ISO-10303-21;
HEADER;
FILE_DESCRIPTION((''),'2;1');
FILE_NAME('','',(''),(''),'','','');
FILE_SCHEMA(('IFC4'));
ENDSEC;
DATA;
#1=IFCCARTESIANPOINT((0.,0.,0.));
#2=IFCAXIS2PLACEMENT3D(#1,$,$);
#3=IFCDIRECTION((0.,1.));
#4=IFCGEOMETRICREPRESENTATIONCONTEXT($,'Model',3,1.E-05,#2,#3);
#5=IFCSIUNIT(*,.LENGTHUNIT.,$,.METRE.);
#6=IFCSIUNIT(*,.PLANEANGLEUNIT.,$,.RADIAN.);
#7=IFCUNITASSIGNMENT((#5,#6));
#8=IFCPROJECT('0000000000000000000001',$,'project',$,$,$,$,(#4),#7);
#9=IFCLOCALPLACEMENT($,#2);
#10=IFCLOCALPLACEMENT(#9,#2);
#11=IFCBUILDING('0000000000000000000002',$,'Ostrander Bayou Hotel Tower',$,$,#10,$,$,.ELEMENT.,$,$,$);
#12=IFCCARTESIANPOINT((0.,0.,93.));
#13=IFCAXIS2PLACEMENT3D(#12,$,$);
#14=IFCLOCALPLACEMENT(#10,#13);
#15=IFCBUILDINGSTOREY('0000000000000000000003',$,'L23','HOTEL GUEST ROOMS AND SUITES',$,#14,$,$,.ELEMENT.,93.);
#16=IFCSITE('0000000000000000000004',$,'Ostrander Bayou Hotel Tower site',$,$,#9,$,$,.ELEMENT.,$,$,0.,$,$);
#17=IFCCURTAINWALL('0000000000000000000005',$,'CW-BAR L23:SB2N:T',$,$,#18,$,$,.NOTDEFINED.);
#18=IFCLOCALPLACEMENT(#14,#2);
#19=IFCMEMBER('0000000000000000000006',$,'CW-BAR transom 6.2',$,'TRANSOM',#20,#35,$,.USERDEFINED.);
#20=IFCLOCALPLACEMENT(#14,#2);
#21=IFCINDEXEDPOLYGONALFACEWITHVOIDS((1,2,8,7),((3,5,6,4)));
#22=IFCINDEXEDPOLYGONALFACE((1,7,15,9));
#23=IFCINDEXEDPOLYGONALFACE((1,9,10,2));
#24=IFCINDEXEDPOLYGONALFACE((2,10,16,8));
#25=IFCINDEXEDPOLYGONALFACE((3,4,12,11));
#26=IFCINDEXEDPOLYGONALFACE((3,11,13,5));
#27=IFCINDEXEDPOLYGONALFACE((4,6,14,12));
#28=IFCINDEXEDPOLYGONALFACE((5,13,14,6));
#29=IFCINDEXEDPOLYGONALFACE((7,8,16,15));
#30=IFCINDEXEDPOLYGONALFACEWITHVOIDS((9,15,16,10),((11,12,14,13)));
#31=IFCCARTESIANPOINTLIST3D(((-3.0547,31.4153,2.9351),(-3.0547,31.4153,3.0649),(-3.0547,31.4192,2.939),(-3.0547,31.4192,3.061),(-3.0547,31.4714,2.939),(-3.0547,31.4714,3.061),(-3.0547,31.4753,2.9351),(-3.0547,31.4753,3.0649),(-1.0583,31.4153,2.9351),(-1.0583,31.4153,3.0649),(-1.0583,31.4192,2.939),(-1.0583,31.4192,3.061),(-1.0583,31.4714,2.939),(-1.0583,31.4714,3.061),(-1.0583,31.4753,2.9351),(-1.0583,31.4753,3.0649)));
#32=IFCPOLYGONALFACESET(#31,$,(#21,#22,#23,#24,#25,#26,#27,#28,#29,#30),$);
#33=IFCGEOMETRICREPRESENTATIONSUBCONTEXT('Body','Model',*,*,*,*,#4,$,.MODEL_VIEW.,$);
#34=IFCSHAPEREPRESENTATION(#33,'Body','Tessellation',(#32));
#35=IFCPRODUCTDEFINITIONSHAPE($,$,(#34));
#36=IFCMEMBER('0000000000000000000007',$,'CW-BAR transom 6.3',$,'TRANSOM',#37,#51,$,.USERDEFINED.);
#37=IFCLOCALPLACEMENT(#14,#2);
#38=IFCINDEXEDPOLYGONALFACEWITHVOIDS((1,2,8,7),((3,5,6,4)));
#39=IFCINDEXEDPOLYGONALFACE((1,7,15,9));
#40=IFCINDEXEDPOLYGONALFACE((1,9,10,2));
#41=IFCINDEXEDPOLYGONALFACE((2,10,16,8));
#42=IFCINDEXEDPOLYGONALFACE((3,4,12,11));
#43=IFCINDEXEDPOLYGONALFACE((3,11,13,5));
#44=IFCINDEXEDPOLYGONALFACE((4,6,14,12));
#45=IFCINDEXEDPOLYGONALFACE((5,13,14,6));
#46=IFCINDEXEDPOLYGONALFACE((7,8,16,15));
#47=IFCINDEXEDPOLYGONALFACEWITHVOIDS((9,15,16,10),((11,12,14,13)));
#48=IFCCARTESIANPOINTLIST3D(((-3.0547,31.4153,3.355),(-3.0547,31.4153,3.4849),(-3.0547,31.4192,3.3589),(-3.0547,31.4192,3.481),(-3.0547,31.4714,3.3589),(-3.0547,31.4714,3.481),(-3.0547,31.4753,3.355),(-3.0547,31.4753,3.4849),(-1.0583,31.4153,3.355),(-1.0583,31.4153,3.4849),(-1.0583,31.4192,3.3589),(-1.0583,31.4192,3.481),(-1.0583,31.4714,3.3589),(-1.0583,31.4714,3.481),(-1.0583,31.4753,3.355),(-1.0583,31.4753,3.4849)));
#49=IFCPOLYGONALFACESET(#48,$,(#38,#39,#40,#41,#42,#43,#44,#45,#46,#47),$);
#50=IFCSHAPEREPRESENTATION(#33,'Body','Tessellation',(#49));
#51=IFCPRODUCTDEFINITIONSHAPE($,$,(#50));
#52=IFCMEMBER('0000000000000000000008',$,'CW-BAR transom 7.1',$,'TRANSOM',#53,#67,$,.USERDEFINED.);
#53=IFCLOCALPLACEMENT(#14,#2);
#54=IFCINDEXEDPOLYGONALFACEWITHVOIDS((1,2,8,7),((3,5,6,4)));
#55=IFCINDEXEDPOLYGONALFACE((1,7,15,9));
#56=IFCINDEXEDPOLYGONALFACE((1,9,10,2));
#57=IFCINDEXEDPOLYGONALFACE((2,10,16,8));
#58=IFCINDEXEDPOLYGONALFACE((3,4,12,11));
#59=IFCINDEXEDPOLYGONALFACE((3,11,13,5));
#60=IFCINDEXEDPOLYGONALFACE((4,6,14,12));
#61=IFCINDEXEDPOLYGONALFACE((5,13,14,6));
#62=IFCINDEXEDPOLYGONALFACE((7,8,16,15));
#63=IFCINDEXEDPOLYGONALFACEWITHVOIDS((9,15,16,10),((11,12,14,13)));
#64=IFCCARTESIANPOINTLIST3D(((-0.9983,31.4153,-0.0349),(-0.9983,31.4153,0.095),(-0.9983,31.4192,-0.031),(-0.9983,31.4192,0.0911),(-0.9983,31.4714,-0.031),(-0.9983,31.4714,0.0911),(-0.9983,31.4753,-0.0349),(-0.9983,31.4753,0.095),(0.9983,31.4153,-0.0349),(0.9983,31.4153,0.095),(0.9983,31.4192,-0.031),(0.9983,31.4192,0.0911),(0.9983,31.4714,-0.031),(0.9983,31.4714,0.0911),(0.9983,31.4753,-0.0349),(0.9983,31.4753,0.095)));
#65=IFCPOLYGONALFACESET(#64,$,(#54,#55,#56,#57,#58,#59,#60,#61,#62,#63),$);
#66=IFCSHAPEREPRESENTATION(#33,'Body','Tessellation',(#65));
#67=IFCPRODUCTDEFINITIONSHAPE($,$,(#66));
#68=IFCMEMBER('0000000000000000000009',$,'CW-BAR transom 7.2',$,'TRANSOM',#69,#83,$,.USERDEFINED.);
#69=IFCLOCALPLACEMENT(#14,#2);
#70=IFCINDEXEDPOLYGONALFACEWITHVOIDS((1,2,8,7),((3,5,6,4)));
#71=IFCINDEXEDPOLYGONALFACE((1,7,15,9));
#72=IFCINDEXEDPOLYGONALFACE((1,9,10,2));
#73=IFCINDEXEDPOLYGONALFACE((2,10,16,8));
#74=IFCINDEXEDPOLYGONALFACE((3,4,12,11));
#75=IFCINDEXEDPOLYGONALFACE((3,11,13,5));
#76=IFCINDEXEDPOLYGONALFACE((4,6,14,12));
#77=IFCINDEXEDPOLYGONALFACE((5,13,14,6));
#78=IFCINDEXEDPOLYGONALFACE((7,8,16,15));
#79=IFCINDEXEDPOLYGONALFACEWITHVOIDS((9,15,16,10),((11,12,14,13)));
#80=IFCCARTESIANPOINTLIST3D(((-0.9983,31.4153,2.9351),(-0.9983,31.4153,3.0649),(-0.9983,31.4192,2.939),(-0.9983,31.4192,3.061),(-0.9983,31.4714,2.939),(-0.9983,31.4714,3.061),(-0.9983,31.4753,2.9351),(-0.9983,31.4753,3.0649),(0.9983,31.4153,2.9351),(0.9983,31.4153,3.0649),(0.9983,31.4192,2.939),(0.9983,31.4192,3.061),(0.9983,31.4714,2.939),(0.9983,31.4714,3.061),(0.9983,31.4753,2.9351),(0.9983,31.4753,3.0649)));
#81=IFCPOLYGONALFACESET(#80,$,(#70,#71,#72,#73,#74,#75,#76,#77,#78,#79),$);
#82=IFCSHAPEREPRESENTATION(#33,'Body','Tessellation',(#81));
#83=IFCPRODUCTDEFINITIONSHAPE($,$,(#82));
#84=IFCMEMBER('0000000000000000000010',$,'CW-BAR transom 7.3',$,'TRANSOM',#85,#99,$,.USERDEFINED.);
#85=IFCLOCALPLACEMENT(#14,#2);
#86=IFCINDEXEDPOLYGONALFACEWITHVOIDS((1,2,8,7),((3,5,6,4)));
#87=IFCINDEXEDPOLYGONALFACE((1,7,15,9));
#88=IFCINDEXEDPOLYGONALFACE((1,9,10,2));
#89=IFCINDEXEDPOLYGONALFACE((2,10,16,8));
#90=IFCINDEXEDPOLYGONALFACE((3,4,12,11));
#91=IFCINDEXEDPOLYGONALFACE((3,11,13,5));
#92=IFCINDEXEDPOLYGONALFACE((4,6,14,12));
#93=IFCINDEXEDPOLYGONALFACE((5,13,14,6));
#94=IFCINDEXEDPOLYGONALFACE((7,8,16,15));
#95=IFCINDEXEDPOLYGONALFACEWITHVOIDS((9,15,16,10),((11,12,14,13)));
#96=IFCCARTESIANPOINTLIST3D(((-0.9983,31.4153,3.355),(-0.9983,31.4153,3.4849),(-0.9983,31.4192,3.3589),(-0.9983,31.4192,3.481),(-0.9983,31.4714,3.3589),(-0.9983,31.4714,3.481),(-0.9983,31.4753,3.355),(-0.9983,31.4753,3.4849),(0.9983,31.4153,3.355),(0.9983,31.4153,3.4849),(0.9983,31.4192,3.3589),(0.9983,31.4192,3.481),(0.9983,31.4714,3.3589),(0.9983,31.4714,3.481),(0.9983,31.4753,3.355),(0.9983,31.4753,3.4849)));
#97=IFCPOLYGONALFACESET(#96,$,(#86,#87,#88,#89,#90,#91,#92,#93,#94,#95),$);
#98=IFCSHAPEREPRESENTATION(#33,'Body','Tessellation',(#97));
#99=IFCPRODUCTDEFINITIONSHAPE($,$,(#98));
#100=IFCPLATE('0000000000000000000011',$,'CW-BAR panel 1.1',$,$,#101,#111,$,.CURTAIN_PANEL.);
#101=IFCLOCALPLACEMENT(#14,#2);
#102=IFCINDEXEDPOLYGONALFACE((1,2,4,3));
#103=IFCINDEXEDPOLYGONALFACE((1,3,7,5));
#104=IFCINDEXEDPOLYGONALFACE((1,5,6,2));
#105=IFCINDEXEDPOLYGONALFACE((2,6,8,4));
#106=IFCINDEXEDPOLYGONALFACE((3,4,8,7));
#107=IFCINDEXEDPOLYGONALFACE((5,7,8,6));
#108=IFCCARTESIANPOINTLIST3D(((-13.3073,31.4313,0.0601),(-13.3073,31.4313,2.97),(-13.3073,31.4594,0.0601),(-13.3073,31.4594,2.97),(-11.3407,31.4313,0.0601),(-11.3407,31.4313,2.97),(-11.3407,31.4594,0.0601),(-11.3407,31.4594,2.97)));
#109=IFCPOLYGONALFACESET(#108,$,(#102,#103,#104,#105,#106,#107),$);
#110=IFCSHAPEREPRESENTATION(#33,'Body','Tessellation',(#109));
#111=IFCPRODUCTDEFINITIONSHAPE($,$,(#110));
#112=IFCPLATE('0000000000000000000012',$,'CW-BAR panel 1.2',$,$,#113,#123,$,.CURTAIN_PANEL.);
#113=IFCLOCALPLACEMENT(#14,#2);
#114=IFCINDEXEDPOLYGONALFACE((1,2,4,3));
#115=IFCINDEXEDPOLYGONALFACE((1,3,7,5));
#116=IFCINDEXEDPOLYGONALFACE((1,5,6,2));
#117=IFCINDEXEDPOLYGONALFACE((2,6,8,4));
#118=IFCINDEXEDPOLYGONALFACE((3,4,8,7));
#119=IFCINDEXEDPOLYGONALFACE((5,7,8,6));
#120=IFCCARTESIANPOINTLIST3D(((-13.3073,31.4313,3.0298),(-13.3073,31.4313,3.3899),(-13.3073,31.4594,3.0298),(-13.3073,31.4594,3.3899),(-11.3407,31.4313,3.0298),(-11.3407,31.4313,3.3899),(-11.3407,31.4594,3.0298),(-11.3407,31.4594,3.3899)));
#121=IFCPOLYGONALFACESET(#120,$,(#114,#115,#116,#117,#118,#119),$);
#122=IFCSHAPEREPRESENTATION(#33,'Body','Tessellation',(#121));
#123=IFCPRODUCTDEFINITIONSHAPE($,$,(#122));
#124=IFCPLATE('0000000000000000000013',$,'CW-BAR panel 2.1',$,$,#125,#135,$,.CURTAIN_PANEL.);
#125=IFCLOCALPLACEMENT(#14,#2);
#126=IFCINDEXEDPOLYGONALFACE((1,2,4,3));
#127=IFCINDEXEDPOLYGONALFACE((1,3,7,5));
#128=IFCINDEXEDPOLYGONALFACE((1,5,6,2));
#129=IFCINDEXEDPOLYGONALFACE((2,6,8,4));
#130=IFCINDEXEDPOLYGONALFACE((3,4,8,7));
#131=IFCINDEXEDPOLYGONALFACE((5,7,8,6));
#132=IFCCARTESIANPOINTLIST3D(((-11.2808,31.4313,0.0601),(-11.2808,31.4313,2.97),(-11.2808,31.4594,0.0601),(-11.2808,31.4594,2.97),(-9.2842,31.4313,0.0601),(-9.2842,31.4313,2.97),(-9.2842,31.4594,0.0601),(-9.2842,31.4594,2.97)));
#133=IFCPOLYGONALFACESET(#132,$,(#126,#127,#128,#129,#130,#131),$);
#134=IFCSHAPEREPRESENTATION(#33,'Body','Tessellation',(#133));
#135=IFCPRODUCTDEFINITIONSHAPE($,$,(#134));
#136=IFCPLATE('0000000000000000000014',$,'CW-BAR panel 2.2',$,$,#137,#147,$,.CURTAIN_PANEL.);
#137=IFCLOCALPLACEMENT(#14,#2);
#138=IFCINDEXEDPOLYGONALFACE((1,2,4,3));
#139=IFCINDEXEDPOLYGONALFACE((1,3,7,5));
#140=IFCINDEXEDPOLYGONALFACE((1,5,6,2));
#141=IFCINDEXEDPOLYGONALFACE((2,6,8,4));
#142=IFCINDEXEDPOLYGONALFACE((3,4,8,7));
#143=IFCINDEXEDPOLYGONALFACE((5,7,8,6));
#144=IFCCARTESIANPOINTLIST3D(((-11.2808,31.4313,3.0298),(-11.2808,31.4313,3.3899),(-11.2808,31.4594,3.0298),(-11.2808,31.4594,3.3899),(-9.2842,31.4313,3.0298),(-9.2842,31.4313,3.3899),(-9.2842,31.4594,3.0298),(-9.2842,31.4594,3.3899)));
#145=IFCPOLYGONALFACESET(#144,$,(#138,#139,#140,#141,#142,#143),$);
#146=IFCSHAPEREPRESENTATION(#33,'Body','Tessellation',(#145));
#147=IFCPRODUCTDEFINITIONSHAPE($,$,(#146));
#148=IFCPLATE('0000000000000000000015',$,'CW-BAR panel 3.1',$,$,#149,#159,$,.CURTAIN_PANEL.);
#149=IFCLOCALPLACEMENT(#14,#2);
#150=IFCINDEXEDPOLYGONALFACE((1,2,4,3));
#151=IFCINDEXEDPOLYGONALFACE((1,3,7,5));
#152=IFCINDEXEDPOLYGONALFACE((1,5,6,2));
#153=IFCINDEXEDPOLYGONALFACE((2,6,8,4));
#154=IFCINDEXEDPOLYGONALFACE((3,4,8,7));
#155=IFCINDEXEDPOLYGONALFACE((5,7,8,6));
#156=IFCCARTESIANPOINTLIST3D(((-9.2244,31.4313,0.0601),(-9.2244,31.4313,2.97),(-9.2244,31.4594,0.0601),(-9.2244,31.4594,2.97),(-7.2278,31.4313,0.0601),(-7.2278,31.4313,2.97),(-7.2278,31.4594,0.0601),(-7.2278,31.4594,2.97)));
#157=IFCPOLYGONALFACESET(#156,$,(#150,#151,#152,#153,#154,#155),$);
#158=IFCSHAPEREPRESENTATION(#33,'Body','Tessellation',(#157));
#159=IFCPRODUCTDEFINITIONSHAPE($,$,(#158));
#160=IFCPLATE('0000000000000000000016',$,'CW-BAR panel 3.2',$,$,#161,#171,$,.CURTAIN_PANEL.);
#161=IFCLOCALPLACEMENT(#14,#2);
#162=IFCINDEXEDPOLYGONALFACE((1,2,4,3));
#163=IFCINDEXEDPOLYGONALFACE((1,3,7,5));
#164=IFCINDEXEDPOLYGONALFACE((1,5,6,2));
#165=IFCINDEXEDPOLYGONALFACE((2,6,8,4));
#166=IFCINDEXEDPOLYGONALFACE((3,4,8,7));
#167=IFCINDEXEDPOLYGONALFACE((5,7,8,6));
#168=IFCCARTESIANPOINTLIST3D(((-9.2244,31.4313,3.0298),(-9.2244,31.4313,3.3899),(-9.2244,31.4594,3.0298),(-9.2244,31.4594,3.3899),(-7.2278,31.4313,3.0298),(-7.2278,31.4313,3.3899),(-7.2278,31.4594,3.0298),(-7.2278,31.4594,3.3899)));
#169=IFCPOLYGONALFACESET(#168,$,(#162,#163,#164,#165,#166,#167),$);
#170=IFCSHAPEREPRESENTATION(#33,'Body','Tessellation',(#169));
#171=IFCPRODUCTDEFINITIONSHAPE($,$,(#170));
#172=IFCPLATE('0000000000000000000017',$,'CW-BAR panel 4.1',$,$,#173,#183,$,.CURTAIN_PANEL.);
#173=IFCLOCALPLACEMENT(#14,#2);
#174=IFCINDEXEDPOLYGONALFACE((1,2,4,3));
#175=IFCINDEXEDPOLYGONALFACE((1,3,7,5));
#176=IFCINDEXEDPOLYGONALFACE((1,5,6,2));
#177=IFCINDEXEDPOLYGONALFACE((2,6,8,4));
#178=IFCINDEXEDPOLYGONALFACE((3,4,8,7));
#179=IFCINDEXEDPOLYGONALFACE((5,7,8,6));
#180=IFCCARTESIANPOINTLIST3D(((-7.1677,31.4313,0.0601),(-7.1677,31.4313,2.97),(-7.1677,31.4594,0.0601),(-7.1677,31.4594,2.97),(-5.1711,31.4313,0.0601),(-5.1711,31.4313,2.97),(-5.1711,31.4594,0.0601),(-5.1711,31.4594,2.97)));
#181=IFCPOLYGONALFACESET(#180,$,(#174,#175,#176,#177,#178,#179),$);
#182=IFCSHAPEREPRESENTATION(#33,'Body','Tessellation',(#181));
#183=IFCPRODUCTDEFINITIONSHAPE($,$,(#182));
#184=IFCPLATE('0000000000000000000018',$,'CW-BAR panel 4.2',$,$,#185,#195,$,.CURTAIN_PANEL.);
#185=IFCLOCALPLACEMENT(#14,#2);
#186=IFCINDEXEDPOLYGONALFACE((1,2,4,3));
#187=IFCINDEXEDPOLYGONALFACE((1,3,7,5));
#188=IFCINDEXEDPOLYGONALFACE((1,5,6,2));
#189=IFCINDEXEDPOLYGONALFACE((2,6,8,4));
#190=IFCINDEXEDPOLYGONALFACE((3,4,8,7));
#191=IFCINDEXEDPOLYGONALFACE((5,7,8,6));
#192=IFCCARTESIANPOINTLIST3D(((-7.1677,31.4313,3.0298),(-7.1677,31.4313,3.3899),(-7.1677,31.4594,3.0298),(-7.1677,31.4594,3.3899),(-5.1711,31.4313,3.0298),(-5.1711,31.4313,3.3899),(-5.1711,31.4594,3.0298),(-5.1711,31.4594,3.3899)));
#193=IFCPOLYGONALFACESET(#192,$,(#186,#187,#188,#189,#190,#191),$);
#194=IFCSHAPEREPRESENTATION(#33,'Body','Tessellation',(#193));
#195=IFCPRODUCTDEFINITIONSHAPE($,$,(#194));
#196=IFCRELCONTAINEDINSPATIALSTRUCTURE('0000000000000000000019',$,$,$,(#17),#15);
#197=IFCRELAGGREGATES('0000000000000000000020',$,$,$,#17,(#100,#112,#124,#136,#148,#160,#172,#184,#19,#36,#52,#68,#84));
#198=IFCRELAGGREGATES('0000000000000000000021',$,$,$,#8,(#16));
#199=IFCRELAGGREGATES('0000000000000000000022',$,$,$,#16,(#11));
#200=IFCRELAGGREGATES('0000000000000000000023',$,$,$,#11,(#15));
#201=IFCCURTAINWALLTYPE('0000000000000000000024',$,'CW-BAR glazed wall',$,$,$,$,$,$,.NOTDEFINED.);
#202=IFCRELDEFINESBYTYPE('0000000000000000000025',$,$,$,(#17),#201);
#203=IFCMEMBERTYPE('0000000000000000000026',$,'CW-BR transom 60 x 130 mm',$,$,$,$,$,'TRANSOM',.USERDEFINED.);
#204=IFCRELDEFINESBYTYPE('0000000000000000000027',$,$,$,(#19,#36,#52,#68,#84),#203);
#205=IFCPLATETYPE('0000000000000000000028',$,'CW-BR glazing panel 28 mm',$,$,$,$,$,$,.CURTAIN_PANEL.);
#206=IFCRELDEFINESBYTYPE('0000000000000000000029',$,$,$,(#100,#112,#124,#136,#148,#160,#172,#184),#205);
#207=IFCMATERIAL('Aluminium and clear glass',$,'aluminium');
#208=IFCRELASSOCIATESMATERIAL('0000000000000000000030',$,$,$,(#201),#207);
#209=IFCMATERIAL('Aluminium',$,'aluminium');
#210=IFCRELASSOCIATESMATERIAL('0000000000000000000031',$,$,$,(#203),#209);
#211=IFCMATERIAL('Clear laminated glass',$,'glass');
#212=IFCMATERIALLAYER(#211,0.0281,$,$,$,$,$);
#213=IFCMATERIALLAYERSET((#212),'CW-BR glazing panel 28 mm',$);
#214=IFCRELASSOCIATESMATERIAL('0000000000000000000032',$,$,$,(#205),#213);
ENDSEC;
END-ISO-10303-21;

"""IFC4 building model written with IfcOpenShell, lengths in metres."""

from ifc_helpers import new_model, si_unit, direction, frame, origin, origin_2d, place, context, subcontext, project, spatial, rectangle, hollow_rectangle, extrude, material, layer, layer_set, material_profile, profile_set, type_object, element, aggregate, save


model = new_model("IFC4")

# Units and contexts
model_context = context("Model", 3, precision=1e-05, world=origin(), true_north=direction((0.0, 1.0)))
body_context = subcontext(model_context, "Body", "Model", "MODEL_VIEW")
ifc_project = project(units=[si_unit("LENGTHUNIT", "METRE"), si_unit("PLANEANGLEUNIT", "RADIAN")], contexts=[model_context])

# Site, building, storey
site_placement = place(None, origin())
site = spatial("IfcSite", under=ifc_project, at=site_placement, Name="Ostrander Bayou Hotel Tower site", CompositionType="ELEMENT", RefElevation=0.0)
building_placement = place(site_placement, origin())
building = spatial("IfcBuilding", under=site, at=building_placement, Name="Ostrander Bayou Hotel Tower", CompositionType="ELEMENT")
storey_placement = place(building_placement, frame((0.0, 0.0, 93.0)))
storey = spatial("IfcBuildingStorey", under=building, at=storey_placement, Name="L23", Description="HOTEL GUEST ROOMS AND SUITES", CompositionType="ELEMENT", Elevation=93.0)

# Curtain wall, members, plates
ifc_material_1 = material(Name="Aluminium and clear glass", Category="aluminium")
curtain_wall_type = type_object("IfcCurtainWallType", Name="CW-BAR glazed wall", PredefinedType="NOTDEFINED", material=ifc_material_1)
curtain_wall_placement = place(storey_placement, origin())
curtain_wall = element("IfcCurtainWall", 1, at=curtain_wall_placement, inside=storey, type_object=curtain_wall_type, Name="CW-BAR L23:SB2N:T", PredefinedType="NOTDEFINED")
ifc_material_2 = material(Name="Aluminium", Category="aluminium")
ifc_material_profile_1 = material_profile(ifc_material_2, hollow_rectangle(XDim=0.0601, YDim=0.1299, WallThickness=0.0039, at=origin_2d()))
ifc_profile_set_1 = profile_set([ifc_material_profile_1], Name="Aluminium")
member_type_1 = type_object("IfcMemberType", Name="CW-BR transom 60 x 130 mm", ElementType="TRANSOM", PredefinedType="USERDEFINED", material=ifc_profile_set_1)
member_1_placement = place(storey_placement, frame((-3.0547, 31.4453, 3.0), z_axis=(1.0, 0.0, 0.0), x_axis=(0.0, 1.0, 0.0)))
member_1 = element("IfcMember", 2, at=member_1_placement, type_object=member_type_1, Name="CW-BAR transom 6.2", ObjectType="TRANSOM", PredefinedType="USERDEFINED", context=body_context, shape_type="SweptSolid", body=[
    extrude(hollow_rectangle(XDim=0.0601, YDim=0.1299, WallThickness=0.0039, at=origin_2d()), origin(), (0.0, 0.0, 1.0), 1.9963),
])
member_2_placement = place(storey_placement, frame((-3.0547, 31.4453, 3.4199), z_axis=(1.0, 0.0, 0.0), x_axis=(0.0, 1.0, 0.0)))
member_2 = element("IfcMember", 3, at=member_2_placement, type_object=member_type_1, Name="CW-BAR transom 6.3", ObjectType="TRANSOM", PredefinedType="USERDEFINED", context=body_context, shape_type="SweptSolid", body=[
    extrude(hollow_rectangle(XDim=0.0601, YDim=0.1299, WallThickness=0.0039, at=origin_2d()), origin(), (0.0, 0.0, 1.0), 1.9963),
])
member_3_placement = place(storey_placement, frame((-0.9983, 31.4453, 0.03), z_axis=(1.0, 0.0, 0.0), x_axis=(0.0, 1.0, 0.0)))
member_3 = element("IfcMember", 4, at=member_3_placement, type_object=member_type_1, Name="CW-BAR transom 7.1", ObjectType="TRANSOM", PredefinedType="USERDEFINED", context=body_context, shape_type="SweptSolid", body=[
    extrude(hollow_rectangle(XDim=0.0601, YDim=0.1299, WallThickness=0.0039, at=origin_2d()), origin(), (0.0, 0.0, 1.0), 1.9966),
])
member_4_placement = place(storey_placement, frame((-0.9983, 31.4453, 3.0), z_axis=(1.0, 0.0, 0.0), x_axis=(0.0, 1.0, 0.0)))
member_4 = element("IfcMember", 5, at=member_4_placement, type_object=member_type_1, Name="CW-BAR transom 7.2", ObjectType="TRANSOM", PredefinedType="USERDEFINED", context=body_context, shape_type="SweptSolid", body=[
    extrude(hollow_rectangle(XDim=0.0601, YDim=0.1299, WallThickness=0.0039, at=origin_2d()), origin(), (0.0, 0.0, 1.0), 1.9966),
])
member_5_placement = place(storey_placement, frame((-0.9983, 31.4453, 3.4199), z_axis=(1.0, 0.0, 0.0), x_axis=(0.0, 1.0, 0.0)))
member_5 = element("IfcMember", 6, at=member_5_placement, type_object=member_type_1, Name="CW-BAR transom 7.3", ObjectType="TRANSOM", PredefinedType="USERDEFINED", context=body_context, shape_type="SweptSolid", body=[
    extrude(hollow_rectangle(XDim=0.0601, YDim=0.1299, WallThickness=0.0039, at=origin_2d()), origin(), (0.0, 0.0, 1.0), 1.9966),
])
ifc_material_3 = material(Name="Clear laminated glass", Category="glass")
ifc_layer = layer(ifc_material_3, 0.0281)
ifc_layer_set = layer_set([ifc_layer], Name="CW-BR glazing panel 28 mm")
plate_type = type_object("IfcPlateType", Name="CW-BR glazing panel 28 mm", PredefinedType="CURTAIN_PANEL", material=ifc_layer_set)
plate_1_placement = place(storey_placement, frame((-12.324, 31.4453, 0.0601), z_axis=(0.0, 0.0, 1.0), x_axis=(1.0, 0.0, 0.0)))
plate_1 = element("IfcPlate", 7, at=plate_1_placement, type_object=plate_type, Name="CW-BAR panel 1.1", PredefinedType="CURTAIN_PANEL", context=body_context, shape_type="SweptSolid", body=[
    extrude(rectangle(XDim=1.9666, YDim=0.0281, at=origin_2d()), origin(), (0.0, 0.0, 1.0), 2.9099),
])
plate_2_placement = place(storey_placement, frame((-12.324, 31.4453, 3.0298), z_axis=(0.0, 0.0, 1.0), x_axis=(1.0, 0.0, 0.0)))
plate_2 = element("IfcPlate", 8, at=plate_2_placement, type_object=plate_type, Name="CW-BAR panel 1.2", PredefinedType="CURTAIN_PANEL", context=body_context, shape_type="SweptSolid", body=[
    extrude(rectangle(XDim=1.9666, YDim=0.0281, at=origin_2d()), origin(), (0.0, 0.0, 1.0), 0.3601),
])
plate_3_placement = place(storey_placement, frame((-10.2825, 31.4453, 0.0601), z_axis=(0.0, 0.0, 1.0), x_axis=(1.0, 0.0, 0.0)))
plate_3 = element("IfcPlate", 9, at=plate_3_placement, type_object=plate_type, Name="CW-BAR panel 2.1", PredefinedType="CURTAIN_PANEL", context=body_context, shape_type="SweptSolid", body=[
    extrude(rectangle(XDim=1.9966, YDim=0.0281, at=origin_2d()), origin(), (0.0, 0.0, 1.0), 2.9099),
])
plate_4_placement = place(storey_placement, frame((-10.2825, 31.4453, 3.0298), z_axis=(0.0, 0.0, 1.0), x_axis=(1.0, 0.0, 0.0)))
plate_4 = element("IfcPlate", 10, at=plate_4_placement, type_object=plate_type, Name="CW-BAR panel 2.2", PredefinedType="CURTAIN_PANEL", context=body_context, shape_type="SweptSolid", body=[
    extrude(rectangle(XDim=1.9966, YDim=0.0281, at=origin_2d()), origin(), (0.0, 0.0, 1.0), 0.3601),
])
plate_5_placement = place(storey_placement, frame((-8.2261, 31.4453, 0.0601), z_axis=(0.0, 0.0, 1.0), x_axis=(1.0, 0.0, 0.0)))
plate_5 = element("IfcPlate", 11, at=plate_5_placement, type_object=plate_type, Name="CW-BAR panel 3.1", PredefinedType="CURTAIN_PANEL", context=body_context, shape_type="SweptSolid", body=[
    extrude(rectangle(XDim=1.9966, YDim=0.0281, at=origin_2d()), origin(), (0.0, 0.0, 1.0), 2.9099),
])
plate_6_placement = place(storey_placement, frame((-8.2261, 31.4453, 3.0298), z_axis=(0.0, 0.0, 1.0), x_axis=(1.0, 0.0, 0.0)))
plate_6 = element("IfcPlate", 12, at=plate_6_placement, type_object=plate_type, Name="CW-BAR panel 3.2", PredefinedType="CURTAIN_PANEL", context=body_context, shape_type="SweptSolid", body=[
    extrude(rectangle(XDim=1.9966, YDim=0.0281, at=origin_2d()), origin(), (0.0, 0.0, 1.0), 0.3601),
])
plate_7_placement = place(storey_placement, frame((-6.1694, 31.4453, 0.0601), z_axis=(0.0, 0.0, 1.0), x_axis=(1.0, 0.0, 0.0)))
plate_7 = element("IfcPlate", 13, at=plate_7_placement, type_object=plate_type, Name="CW-BAR panel 4.1", PredefinedType="CURTAIN_PANEL", context=body_context, shape_type="SweptSolid", body=[
    extrude(rectangle(XDim=1.9966, YDim=0.0281, at=origin_2d()), origin(), (0.0, 0.0, 1.0), 2.9099),
])
plate_8_placement = place(storey_placement, frame((-6.1694, 31.4453, 3.0298), z_axis=(0.0, 0.0, 1.0), x_axis=(1.0, 0.0, 0.0)))
plate_8 = element("IfcPlate", 14, at=plate_8_placement, type_object=plate_type, Name="CW-BAR panel 4.2", PredefinedType="CURTAIN_PANEL", context=body_context, shape_type="SweptSolid", body=[
    extrude(rectangle(XDim=1.9966, YDim=0.0281, at=origin_2d()), origin(), (0.0, 0.0, 1.0), 0.3601),
])
aggregate(curtain_wall, [plate_1, plate_2, plate_3, plate_4, plate_5, plate_6, plate_7, plate_8, member_1, member_2, member_3, member_4, member_5])

save(model, "model.ifc")
